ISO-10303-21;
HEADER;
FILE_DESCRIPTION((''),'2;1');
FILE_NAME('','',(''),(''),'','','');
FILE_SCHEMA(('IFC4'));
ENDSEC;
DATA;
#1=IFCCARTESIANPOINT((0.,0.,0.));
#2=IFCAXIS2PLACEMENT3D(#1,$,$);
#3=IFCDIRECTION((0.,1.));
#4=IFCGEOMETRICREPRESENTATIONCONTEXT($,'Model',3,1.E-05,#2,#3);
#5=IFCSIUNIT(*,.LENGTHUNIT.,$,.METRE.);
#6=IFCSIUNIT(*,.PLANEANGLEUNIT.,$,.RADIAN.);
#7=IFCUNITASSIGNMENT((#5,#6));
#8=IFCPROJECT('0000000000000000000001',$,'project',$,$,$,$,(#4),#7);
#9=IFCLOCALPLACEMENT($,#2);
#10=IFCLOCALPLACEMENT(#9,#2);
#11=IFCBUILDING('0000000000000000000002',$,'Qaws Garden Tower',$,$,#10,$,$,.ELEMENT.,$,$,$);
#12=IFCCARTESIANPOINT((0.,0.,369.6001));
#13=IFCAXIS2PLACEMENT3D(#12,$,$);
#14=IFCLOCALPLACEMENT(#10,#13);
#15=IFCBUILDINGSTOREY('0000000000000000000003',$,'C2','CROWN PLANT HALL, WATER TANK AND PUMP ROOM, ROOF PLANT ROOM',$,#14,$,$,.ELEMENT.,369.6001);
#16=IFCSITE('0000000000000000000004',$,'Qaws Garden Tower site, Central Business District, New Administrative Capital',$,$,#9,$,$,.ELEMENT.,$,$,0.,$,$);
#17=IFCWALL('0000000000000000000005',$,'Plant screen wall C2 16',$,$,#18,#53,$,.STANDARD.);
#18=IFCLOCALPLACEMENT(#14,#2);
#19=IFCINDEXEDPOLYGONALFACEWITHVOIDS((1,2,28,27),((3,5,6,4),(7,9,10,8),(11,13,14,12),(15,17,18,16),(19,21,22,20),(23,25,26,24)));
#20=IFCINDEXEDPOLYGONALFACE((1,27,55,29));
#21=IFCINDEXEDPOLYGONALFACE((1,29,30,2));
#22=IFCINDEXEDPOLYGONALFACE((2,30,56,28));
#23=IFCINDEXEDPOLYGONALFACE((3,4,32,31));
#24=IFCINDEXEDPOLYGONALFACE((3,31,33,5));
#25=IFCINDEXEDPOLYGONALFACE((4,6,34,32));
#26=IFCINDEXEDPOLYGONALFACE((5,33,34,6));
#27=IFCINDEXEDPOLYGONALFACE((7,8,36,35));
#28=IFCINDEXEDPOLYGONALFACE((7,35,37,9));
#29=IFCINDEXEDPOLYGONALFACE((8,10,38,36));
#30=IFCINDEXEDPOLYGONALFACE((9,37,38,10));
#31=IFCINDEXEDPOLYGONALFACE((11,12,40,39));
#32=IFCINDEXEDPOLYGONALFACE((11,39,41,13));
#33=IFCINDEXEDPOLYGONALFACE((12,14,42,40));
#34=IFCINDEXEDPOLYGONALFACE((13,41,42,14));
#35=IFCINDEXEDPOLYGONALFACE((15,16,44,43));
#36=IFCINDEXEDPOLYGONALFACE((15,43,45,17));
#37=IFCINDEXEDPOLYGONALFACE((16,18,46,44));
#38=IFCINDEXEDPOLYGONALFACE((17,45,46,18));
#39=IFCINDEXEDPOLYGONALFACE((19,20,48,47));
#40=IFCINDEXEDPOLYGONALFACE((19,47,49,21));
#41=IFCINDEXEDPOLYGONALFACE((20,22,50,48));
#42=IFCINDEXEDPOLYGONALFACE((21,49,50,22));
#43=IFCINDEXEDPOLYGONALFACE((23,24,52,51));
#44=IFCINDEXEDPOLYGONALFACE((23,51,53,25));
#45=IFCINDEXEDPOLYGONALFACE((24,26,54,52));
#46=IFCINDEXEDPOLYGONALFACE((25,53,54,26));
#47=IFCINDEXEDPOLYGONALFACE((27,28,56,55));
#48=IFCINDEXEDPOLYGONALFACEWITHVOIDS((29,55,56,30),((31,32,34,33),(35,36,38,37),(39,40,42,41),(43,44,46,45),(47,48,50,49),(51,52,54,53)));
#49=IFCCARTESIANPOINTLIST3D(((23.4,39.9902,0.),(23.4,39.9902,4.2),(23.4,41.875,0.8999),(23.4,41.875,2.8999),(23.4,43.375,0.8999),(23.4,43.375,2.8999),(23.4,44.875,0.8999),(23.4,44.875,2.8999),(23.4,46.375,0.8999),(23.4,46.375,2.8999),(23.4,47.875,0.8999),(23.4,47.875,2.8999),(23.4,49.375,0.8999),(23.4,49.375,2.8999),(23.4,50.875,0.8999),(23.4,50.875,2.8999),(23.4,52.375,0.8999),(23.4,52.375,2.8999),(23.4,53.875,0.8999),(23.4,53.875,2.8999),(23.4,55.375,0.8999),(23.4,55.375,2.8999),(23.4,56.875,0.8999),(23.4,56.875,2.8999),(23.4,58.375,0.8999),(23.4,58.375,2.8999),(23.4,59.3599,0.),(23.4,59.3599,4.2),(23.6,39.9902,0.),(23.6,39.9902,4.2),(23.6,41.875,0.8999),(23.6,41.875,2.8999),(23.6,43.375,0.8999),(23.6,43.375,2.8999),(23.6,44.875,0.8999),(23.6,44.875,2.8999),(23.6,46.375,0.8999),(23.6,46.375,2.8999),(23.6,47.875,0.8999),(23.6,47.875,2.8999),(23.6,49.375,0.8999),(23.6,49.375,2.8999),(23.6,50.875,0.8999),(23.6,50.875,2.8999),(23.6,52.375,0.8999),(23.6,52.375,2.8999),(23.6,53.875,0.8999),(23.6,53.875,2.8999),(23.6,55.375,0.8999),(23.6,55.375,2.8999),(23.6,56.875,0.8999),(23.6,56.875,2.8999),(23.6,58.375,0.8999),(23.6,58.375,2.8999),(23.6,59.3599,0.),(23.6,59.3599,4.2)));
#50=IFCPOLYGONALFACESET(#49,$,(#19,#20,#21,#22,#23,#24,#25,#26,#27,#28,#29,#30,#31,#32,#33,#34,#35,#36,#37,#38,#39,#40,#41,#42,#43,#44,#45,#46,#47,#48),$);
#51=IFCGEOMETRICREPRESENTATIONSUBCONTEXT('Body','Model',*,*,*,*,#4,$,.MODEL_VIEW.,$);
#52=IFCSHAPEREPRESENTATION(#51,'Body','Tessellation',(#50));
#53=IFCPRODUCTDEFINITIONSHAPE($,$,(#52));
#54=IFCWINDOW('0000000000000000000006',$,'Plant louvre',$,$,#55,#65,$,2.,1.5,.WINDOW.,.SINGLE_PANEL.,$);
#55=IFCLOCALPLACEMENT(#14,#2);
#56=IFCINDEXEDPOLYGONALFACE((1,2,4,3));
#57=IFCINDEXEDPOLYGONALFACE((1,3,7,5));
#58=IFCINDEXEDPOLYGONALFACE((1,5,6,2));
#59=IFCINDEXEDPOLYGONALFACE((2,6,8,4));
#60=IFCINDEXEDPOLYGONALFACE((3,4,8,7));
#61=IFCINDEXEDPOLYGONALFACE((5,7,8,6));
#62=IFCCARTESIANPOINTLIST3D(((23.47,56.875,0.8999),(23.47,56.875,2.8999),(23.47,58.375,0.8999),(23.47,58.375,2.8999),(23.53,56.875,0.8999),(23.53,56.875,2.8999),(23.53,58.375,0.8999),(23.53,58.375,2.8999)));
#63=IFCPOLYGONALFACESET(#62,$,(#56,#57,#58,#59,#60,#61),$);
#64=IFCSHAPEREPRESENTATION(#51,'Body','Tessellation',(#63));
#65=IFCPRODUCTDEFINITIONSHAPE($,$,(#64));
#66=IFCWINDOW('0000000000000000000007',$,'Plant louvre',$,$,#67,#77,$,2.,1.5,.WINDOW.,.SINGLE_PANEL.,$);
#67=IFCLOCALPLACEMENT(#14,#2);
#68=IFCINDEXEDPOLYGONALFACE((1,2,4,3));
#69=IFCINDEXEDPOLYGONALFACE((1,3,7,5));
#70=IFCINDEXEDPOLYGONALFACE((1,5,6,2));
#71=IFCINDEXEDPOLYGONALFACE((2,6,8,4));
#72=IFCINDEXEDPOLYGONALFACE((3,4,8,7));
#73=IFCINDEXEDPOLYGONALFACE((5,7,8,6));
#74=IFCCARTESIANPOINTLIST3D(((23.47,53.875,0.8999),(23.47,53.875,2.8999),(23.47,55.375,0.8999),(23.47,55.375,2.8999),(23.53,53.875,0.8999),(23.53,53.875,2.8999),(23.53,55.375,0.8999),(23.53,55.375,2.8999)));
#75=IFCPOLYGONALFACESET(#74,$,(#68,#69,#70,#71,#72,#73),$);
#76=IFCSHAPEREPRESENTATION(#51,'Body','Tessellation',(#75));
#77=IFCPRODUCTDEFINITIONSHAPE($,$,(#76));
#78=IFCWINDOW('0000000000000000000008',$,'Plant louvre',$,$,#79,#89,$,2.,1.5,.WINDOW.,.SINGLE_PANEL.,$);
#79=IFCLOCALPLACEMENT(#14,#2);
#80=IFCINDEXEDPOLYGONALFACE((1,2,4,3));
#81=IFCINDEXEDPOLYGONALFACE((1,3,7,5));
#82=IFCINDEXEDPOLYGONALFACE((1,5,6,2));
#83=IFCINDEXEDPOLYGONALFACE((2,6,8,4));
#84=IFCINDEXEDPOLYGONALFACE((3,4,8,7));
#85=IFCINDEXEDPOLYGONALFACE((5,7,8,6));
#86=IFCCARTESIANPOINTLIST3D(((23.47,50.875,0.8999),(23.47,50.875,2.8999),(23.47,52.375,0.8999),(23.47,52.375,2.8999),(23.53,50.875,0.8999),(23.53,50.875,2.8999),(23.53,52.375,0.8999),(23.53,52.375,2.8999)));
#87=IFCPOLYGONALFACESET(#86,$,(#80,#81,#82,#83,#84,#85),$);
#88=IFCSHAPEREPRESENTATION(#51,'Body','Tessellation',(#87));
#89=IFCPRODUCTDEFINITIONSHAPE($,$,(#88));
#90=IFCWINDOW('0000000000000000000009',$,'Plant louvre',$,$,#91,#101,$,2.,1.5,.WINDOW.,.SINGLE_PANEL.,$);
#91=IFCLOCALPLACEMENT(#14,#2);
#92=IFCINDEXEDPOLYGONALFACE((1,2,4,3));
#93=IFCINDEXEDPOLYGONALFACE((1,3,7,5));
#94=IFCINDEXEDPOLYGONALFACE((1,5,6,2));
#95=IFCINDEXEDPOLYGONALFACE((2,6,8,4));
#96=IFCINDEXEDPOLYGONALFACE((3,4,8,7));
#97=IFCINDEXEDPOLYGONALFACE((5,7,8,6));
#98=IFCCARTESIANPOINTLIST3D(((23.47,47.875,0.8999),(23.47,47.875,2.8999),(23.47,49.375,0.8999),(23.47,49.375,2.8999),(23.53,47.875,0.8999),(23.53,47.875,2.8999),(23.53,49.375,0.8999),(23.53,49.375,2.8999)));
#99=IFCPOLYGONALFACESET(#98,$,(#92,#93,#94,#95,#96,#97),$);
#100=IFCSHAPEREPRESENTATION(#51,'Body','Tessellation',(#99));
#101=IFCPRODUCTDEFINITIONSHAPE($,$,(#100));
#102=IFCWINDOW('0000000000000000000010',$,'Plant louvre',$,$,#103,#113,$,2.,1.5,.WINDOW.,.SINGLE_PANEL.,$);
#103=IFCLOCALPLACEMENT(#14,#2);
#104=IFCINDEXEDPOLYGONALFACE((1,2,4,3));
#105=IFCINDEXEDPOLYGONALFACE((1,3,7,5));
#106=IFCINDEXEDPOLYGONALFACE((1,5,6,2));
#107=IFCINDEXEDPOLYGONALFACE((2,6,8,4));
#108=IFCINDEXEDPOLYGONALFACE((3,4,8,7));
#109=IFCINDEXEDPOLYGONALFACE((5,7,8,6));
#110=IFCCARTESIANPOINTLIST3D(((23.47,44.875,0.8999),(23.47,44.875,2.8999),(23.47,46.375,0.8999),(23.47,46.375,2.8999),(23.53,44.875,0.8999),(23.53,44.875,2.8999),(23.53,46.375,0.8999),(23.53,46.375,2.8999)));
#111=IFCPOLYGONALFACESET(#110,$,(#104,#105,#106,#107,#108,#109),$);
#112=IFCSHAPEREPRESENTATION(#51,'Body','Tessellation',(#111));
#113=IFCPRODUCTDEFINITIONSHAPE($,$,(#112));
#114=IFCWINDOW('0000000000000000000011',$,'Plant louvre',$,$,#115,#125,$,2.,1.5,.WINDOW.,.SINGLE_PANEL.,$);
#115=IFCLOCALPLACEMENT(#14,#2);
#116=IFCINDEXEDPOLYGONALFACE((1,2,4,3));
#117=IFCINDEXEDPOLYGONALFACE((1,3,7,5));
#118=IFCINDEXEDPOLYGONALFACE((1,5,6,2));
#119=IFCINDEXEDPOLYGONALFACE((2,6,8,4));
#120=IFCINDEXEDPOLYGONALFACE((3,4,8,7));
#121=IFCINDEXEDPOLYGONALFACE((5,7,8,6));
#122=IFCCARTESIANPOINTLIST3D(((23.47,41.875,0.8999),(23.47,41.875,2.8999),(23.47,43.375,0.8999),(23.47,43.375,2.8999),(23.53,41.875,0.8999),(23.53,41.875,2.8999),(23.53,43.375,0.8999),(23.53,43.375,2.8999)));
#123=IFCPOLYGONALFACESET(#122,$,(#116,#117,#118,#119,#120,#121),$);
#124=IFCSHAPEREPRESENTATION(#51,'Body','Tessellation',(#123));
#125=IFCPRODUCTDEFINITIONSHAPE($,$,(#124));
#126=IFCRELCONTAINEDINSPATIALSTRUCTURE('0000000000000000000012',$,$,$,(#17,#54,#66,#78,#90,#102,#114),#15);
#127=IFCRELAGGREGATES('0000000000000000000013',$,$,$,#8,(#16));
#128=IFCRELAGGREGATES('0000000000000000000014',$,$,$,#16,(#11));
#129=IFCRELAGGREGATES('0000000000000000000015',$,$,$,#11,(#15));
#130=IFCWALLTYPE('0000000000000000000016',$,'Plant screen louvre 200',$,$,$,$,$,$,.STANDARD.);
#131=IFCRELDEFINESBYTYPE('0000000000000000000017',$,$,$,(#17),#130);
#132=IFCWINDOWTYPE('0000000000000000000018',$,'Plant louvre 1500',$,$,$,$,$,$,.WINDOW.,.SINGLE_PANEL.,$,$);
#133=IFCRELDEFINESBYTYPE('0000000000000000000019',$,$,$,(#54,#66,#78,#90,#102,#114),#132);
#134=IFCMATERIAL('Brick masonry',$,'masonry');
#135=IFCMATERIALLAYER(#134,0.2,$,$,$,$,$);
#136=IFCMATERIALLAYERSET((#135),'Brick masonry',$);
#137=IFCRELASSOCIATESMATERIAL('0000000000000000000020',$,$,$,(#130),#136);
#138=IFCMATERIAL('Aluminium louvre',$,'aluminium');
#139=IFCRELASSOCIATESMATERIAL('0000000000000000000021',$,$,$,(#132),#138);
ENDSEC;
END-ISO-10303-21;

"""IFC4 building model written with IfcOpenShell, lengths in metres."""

from ifc_helpers import new_model, si_unit, direction, frame, frame_2d, origin, place, context, subcontext, project, spatial, rectangle, extrude, material, layer, layer_set, type_object, element, fill, save


model = new_model("IFC4")

# Units and contexts
model_context = context("Model", 3, precision=1e-05, world=origin(), true_north=direction((0.0, 1.0)))
body_context = subcontext(model_context, "Body", "Model", "MODEL_VIEW")
ifc_project = project(units=[si_unit("LENGTHUNIT", "METRE"), si_unit("PLANEANGLEUNIT", "RADIAN")], contexts=[model_context])

# Site, building, storey
site_placement = place(None, origin())
site = spatial("IfcSite", under=ifc_project, at=site_placement, Name="Qaws Garden Tower site, Central Business District, New Administrative Capital", CompositionType="ELEMENT", RefElevation=0.0)
building_placement = place(site_placement, origin())
building = spatial("IfcBuilding", under=site, at=building_placement, Name="Qaws Garden Tower", CompositionType="ELEMENT")
storey_placement = place(building_placement, frame((0.0, 0.0, 369.6001)))
storey = spatial("IfcBuildingStorey", under=building, at=storey_placement, Name="C2", Description="CROWN PLANT HALL, WATER TANK AND PUMP ROOM, ROOF PLANT ROOM", CompositionType="ELEMENT", Elevation=369.6001)

# Shared definitions
ifc_material_1 = material(Name="Brick masonry", Category="masonry")
ifc_layer_1 = layer(ifc_material_1, 0.2)
ifc_layer_set_1 = layer_set([ifc_layer_1], Name="Brick masonry")
wall_type_1 = type_object("IfcWallType", Name="Plant screen louvre 200", PredefinedType="STANDARD", material=ifc_layer_set_1)

# Shared definitions
ifc_material_2 = material(Name="Aluminium louvre", Category="aluminium")
window_type = type_object("IfcWindowType", Name="Plant louvre 1500", PartitioningType="SINGLE_PANEL", PredefinedType="WINDOW", material=ifc_material_2)

# Wall, openings, windows
wall_1_placement = place(storey_placement, frame((23.5, 59.3599, 0.0), z_axis=(0.0, 0.0, 1.0), x_axis=(0.0, -1.0, 0.0)))
wall_1 = element("IfcWall", 1, at=wall_1_placement, inside=storey, type_object=wall_type_1, Name="Plant screen wall C2 16", PredefinedType="STANDARD", context=body_context, shape_type="SweptSolid", body=[
    extrude(rectangle(XDim=19.3696, YDim=0.2, at=frame_2d((9.6848, 0.0))), origin(), (0.0, 0.0, 1.0), 4.2),
])
opening_1_placement = place(wall_1_placement, frame((0.9849, 0.0, 0.8999)))
opening_1 = element("IfcOpeningElement", 2, at=opening_1_placement, cuts=wall_1, PredefinedType="OPENING", context=body_context, shape_type="SweptSolid", body=[
    extrude(rectangle(XDim=1.5, YDim=2.0, at=frame_2d((0.75, 1.0))), frame((0.0, 0.1099, 0.0), z_axis=(0.0, -1.0, 0.0), x_axis=(1.0, 0.0, 0.0)), (0.0, 0.0, 1.0), 0.22),
])
opening_2_placement = place(wall_1_placement, frame((3.9849, 0.0, 0.8999)))
opening_2 = element("IfcOpeningElement", 3, at=opening_2_placement, cuts=wall_1, PredefinedType="OPENING", context=body_context, shape_type="SweptSolid", body=[
    extrude(rectangle(XDim=1.5, YDim=2.0, at=frame_2d((0.75, 1.0))), frame((0.0, 0.1099, 0.0), z_axis=(0.0, -1.0, 0.0), x_axis=(1.0, 0.0, 0.0)), (0.0, 0.0, 1.0), 0.22),
])
opening_3_placement = place(wall_1_placement, frame((6.9849, 0.0, 0.8999)))
opening_3 = element("IfcOpeningElement", 4, at=opening_3_placement, cuts=wall_1, PredefinedType="OPENING", context=body_context, shape_type="SweptSolid", body=[
    extrude(rectangle(XDim=1.5, YDim=2.0, at=frame_2d((0.75, 1.0))), frame((0.0, 0.1099, 0.0), z_axis=(0.0, -1.0, 0.0), x_axis=(1.0, 0.0, 0.0)), (0.0, 0.0, 1.0), 0.22),
])
opening_4_placement = place(wall_1_placement, frame((9.9849, 0.0, 0.8999)))
opening_4 = element("IfcOpeningElement", 5, at=opening_4_placement, cuts=wall_1, PredefinedType="OPENING", context=body_context, shape_type="SweptSolid", body=[
    extrude(rectangle(XDim=1.5, YDim=2.0, at=frame_2d((0.75, 1.0))), frame((0.0, 0.1099, 0.0), z_axis=(0.0, -1.0, 0.0), x_axis=(1.0, 0.0, 0.0)), (0.0, 0.0, 1.0), 0.22),
])
opening_5_placement = place(wall_1_placement, frame((12.9849, 0.0, 0.8999)))
opening_5 = element("IfcOpeningElement", 6, at=opening_5_placement, cuts=wall_1, PredefinedType="OPENING", context=body_context, shape_type="SweptSolid", body=[
    extrude(rectangle(XDim=1.5, YDim=2.0, at=frame_2d((0.75, 1.0))), frame((0.0, 0.1099, 0.0), z_axis=(0.0, -1.0, 0.0), x_axis=(1.0, 0.0, 0.0)), (0.0, 0.0, 1.0), 0.22),
])
opening_6_placement = place(wall_1_placement, frame((15.9849, 0.0, 0.8999)))
opening_6 = element("IfcOpeningElement", 7, at=opening_6_placement, cuts=wall_1, PredefinedType="OPENING", context=body_context, shape_type="SweptSolid", body=[
    extrude(rectangle(XDim=1.5, YDim=2.0, at=frame_2d((0.75, 1.0))), frame((0.0, 0.1099, 0.0), z_axis=(0.0, -1.0, 0.0), x_axis=(1.0, 0.0, 0.0)), (0.0, 0.0, 1.0), 0.22),
])
window_1_placement = place(opening_1_placement, origin())
window_1 = element("IfcWindow", 8, at=window_1_placement, inside=storey, type_object=window_type, Name="Plant louvre", OverallHeight=2.0, OverallWidth=1.5, PartitioningType="SINGLE_PANEL", PredefinedType="WINDOW", context=body_context, shape_type="SweptSolid", body=[
    extrude(rectangle(XDim=1.5, YDim=2.0, at=frame_2d((0.75, 1.0))), frame((0.0, 0.03, 0.0), z_axis=(0.0, -1.0, 0.0), x_axis=(1.0, 0.0, 0.0)), (0.0, 0.0, 1.0), 0.0601),
])
fill(opening_1, window_1)
window_2_placement = place(opening_2_placement, origin())
window_2 = element("IfcWindow", 9, at=window_2_placement, inside=storey, type_object=window_type, Name="Plant louvre", OverallHeight=2.0, OverallWidth=1.5, PartitioningType="SINGLE_PANEL", PredefinedType="WINDOW", context=body_context, shape_type="SweptSolid", body=[
    extrude(rectangle(XDim=1.5, YDim=2.0, at=frame_2d((0.75, 1.0))), frame((0.0, 0.03, 0.0), z_axis=(0.0, -1.0, 0.0), x_axis=(1.0, 0.0, 0.0)), (0.0, 0.0, 1.0), 0.0601),
])
fill(opening_2, window_2)
window_3_placement = place(opening_3_placement, origin())
window_3 = element("IfcWindow", 10, at=window_3_placement, inside=storey, type_object=window_type, Name="Plant louvre", OverallHeight=2.0, OverallWidth=1.5, PartitioningType="SINGLE_PANEL", PredefinedType="WINDOW", context=body_context, shape_type="SweptSolid", body=[
    extrude(rectangle(XDim=1.5, YDim=2.0, at=frame_2d((0.75, 1.0))), frame((0.0, 0.03, 0.0), z_axis=(0.0, -1.0, 0.0), x_axis=(1.0, 0.0, 0.0)), (0.0, 0.0, 1.0), 0.0601),
])
fill(opening_3, window_3)
window_4_placement = place(opening_4_placement, origin())
window_4 = element("IfcWindow", 11, at=window_4_placement, inside=storey, type_object=window_type, Name="Plant louvre", OverallHeight=2.0, OverallWidth=1.5, PartitioningType="SINGLE_PANEL", PredefinedType="WINDOW", context=body_context, shape_type="SweptSolid", body=[
    extrude(rectangle(XDim=1.5, YDim=2.0, at=frame_2d((0.75, 1.0))), frame((0.0, 0.03, 0.0), z_axis=(0.0, -1.0, 0.0), x_axis=(1.0, 0.0, 0.0)), (0.0, 0.0, 1.0), 0.0601),
])
fill(opening_4, window_4)
window_5_placement = place(opening_5_placement, origin())
window_5 = element("IfcWindow", 12, at=window_5_placement, inside=storey, type_object=window_type, Name="Plant louvre", OverallHeight=2.0, OverallWidth=1.5, PartitioningType="SINGLE_PANEL", PredefinedType="WINDOW", context=body_context, shape_type="SweptSolid", body=[
    extrude(rectangle(XDim=1.5, YDim=2.0, at=frame_2d((0.75, 1.0))), frame((0.0, 0.03, 0.0), z_axis=(0.0, -1.0, 0.0), x_axis=(1.0, 0.0, 0.0)), (0.0, 0.0, 1.0), 0.0601),
])
fill(opening_5, window_5)
window_6_placement = place(opening_6_placement, origin())
window_6 = element("IfcWindow", 13, at=window_6_placement, inside=storey, type_object=window_type, Name="Plant louvre", OverallHeight=2.0, OverallWidth=1.5, PartitioningType="SINGLE_PANEL", PredefinedType="WINDOW", context=body_context, shape_type="SweptSolid", body=[
    extrude(rectangle(XDim=1.5, YDim=2.0, at=frame_2d((0.75, 1.0))), frame((0.0, 0.03, 0.0), z_axis=(0.0, -1.0, 0.0), x_axis=(1.0, 0.0, 0.0)), (0.0, 0.0, 1.0), 0.0601),
])
fill(opening_6, window_6)

save(model, "model.ifc")
